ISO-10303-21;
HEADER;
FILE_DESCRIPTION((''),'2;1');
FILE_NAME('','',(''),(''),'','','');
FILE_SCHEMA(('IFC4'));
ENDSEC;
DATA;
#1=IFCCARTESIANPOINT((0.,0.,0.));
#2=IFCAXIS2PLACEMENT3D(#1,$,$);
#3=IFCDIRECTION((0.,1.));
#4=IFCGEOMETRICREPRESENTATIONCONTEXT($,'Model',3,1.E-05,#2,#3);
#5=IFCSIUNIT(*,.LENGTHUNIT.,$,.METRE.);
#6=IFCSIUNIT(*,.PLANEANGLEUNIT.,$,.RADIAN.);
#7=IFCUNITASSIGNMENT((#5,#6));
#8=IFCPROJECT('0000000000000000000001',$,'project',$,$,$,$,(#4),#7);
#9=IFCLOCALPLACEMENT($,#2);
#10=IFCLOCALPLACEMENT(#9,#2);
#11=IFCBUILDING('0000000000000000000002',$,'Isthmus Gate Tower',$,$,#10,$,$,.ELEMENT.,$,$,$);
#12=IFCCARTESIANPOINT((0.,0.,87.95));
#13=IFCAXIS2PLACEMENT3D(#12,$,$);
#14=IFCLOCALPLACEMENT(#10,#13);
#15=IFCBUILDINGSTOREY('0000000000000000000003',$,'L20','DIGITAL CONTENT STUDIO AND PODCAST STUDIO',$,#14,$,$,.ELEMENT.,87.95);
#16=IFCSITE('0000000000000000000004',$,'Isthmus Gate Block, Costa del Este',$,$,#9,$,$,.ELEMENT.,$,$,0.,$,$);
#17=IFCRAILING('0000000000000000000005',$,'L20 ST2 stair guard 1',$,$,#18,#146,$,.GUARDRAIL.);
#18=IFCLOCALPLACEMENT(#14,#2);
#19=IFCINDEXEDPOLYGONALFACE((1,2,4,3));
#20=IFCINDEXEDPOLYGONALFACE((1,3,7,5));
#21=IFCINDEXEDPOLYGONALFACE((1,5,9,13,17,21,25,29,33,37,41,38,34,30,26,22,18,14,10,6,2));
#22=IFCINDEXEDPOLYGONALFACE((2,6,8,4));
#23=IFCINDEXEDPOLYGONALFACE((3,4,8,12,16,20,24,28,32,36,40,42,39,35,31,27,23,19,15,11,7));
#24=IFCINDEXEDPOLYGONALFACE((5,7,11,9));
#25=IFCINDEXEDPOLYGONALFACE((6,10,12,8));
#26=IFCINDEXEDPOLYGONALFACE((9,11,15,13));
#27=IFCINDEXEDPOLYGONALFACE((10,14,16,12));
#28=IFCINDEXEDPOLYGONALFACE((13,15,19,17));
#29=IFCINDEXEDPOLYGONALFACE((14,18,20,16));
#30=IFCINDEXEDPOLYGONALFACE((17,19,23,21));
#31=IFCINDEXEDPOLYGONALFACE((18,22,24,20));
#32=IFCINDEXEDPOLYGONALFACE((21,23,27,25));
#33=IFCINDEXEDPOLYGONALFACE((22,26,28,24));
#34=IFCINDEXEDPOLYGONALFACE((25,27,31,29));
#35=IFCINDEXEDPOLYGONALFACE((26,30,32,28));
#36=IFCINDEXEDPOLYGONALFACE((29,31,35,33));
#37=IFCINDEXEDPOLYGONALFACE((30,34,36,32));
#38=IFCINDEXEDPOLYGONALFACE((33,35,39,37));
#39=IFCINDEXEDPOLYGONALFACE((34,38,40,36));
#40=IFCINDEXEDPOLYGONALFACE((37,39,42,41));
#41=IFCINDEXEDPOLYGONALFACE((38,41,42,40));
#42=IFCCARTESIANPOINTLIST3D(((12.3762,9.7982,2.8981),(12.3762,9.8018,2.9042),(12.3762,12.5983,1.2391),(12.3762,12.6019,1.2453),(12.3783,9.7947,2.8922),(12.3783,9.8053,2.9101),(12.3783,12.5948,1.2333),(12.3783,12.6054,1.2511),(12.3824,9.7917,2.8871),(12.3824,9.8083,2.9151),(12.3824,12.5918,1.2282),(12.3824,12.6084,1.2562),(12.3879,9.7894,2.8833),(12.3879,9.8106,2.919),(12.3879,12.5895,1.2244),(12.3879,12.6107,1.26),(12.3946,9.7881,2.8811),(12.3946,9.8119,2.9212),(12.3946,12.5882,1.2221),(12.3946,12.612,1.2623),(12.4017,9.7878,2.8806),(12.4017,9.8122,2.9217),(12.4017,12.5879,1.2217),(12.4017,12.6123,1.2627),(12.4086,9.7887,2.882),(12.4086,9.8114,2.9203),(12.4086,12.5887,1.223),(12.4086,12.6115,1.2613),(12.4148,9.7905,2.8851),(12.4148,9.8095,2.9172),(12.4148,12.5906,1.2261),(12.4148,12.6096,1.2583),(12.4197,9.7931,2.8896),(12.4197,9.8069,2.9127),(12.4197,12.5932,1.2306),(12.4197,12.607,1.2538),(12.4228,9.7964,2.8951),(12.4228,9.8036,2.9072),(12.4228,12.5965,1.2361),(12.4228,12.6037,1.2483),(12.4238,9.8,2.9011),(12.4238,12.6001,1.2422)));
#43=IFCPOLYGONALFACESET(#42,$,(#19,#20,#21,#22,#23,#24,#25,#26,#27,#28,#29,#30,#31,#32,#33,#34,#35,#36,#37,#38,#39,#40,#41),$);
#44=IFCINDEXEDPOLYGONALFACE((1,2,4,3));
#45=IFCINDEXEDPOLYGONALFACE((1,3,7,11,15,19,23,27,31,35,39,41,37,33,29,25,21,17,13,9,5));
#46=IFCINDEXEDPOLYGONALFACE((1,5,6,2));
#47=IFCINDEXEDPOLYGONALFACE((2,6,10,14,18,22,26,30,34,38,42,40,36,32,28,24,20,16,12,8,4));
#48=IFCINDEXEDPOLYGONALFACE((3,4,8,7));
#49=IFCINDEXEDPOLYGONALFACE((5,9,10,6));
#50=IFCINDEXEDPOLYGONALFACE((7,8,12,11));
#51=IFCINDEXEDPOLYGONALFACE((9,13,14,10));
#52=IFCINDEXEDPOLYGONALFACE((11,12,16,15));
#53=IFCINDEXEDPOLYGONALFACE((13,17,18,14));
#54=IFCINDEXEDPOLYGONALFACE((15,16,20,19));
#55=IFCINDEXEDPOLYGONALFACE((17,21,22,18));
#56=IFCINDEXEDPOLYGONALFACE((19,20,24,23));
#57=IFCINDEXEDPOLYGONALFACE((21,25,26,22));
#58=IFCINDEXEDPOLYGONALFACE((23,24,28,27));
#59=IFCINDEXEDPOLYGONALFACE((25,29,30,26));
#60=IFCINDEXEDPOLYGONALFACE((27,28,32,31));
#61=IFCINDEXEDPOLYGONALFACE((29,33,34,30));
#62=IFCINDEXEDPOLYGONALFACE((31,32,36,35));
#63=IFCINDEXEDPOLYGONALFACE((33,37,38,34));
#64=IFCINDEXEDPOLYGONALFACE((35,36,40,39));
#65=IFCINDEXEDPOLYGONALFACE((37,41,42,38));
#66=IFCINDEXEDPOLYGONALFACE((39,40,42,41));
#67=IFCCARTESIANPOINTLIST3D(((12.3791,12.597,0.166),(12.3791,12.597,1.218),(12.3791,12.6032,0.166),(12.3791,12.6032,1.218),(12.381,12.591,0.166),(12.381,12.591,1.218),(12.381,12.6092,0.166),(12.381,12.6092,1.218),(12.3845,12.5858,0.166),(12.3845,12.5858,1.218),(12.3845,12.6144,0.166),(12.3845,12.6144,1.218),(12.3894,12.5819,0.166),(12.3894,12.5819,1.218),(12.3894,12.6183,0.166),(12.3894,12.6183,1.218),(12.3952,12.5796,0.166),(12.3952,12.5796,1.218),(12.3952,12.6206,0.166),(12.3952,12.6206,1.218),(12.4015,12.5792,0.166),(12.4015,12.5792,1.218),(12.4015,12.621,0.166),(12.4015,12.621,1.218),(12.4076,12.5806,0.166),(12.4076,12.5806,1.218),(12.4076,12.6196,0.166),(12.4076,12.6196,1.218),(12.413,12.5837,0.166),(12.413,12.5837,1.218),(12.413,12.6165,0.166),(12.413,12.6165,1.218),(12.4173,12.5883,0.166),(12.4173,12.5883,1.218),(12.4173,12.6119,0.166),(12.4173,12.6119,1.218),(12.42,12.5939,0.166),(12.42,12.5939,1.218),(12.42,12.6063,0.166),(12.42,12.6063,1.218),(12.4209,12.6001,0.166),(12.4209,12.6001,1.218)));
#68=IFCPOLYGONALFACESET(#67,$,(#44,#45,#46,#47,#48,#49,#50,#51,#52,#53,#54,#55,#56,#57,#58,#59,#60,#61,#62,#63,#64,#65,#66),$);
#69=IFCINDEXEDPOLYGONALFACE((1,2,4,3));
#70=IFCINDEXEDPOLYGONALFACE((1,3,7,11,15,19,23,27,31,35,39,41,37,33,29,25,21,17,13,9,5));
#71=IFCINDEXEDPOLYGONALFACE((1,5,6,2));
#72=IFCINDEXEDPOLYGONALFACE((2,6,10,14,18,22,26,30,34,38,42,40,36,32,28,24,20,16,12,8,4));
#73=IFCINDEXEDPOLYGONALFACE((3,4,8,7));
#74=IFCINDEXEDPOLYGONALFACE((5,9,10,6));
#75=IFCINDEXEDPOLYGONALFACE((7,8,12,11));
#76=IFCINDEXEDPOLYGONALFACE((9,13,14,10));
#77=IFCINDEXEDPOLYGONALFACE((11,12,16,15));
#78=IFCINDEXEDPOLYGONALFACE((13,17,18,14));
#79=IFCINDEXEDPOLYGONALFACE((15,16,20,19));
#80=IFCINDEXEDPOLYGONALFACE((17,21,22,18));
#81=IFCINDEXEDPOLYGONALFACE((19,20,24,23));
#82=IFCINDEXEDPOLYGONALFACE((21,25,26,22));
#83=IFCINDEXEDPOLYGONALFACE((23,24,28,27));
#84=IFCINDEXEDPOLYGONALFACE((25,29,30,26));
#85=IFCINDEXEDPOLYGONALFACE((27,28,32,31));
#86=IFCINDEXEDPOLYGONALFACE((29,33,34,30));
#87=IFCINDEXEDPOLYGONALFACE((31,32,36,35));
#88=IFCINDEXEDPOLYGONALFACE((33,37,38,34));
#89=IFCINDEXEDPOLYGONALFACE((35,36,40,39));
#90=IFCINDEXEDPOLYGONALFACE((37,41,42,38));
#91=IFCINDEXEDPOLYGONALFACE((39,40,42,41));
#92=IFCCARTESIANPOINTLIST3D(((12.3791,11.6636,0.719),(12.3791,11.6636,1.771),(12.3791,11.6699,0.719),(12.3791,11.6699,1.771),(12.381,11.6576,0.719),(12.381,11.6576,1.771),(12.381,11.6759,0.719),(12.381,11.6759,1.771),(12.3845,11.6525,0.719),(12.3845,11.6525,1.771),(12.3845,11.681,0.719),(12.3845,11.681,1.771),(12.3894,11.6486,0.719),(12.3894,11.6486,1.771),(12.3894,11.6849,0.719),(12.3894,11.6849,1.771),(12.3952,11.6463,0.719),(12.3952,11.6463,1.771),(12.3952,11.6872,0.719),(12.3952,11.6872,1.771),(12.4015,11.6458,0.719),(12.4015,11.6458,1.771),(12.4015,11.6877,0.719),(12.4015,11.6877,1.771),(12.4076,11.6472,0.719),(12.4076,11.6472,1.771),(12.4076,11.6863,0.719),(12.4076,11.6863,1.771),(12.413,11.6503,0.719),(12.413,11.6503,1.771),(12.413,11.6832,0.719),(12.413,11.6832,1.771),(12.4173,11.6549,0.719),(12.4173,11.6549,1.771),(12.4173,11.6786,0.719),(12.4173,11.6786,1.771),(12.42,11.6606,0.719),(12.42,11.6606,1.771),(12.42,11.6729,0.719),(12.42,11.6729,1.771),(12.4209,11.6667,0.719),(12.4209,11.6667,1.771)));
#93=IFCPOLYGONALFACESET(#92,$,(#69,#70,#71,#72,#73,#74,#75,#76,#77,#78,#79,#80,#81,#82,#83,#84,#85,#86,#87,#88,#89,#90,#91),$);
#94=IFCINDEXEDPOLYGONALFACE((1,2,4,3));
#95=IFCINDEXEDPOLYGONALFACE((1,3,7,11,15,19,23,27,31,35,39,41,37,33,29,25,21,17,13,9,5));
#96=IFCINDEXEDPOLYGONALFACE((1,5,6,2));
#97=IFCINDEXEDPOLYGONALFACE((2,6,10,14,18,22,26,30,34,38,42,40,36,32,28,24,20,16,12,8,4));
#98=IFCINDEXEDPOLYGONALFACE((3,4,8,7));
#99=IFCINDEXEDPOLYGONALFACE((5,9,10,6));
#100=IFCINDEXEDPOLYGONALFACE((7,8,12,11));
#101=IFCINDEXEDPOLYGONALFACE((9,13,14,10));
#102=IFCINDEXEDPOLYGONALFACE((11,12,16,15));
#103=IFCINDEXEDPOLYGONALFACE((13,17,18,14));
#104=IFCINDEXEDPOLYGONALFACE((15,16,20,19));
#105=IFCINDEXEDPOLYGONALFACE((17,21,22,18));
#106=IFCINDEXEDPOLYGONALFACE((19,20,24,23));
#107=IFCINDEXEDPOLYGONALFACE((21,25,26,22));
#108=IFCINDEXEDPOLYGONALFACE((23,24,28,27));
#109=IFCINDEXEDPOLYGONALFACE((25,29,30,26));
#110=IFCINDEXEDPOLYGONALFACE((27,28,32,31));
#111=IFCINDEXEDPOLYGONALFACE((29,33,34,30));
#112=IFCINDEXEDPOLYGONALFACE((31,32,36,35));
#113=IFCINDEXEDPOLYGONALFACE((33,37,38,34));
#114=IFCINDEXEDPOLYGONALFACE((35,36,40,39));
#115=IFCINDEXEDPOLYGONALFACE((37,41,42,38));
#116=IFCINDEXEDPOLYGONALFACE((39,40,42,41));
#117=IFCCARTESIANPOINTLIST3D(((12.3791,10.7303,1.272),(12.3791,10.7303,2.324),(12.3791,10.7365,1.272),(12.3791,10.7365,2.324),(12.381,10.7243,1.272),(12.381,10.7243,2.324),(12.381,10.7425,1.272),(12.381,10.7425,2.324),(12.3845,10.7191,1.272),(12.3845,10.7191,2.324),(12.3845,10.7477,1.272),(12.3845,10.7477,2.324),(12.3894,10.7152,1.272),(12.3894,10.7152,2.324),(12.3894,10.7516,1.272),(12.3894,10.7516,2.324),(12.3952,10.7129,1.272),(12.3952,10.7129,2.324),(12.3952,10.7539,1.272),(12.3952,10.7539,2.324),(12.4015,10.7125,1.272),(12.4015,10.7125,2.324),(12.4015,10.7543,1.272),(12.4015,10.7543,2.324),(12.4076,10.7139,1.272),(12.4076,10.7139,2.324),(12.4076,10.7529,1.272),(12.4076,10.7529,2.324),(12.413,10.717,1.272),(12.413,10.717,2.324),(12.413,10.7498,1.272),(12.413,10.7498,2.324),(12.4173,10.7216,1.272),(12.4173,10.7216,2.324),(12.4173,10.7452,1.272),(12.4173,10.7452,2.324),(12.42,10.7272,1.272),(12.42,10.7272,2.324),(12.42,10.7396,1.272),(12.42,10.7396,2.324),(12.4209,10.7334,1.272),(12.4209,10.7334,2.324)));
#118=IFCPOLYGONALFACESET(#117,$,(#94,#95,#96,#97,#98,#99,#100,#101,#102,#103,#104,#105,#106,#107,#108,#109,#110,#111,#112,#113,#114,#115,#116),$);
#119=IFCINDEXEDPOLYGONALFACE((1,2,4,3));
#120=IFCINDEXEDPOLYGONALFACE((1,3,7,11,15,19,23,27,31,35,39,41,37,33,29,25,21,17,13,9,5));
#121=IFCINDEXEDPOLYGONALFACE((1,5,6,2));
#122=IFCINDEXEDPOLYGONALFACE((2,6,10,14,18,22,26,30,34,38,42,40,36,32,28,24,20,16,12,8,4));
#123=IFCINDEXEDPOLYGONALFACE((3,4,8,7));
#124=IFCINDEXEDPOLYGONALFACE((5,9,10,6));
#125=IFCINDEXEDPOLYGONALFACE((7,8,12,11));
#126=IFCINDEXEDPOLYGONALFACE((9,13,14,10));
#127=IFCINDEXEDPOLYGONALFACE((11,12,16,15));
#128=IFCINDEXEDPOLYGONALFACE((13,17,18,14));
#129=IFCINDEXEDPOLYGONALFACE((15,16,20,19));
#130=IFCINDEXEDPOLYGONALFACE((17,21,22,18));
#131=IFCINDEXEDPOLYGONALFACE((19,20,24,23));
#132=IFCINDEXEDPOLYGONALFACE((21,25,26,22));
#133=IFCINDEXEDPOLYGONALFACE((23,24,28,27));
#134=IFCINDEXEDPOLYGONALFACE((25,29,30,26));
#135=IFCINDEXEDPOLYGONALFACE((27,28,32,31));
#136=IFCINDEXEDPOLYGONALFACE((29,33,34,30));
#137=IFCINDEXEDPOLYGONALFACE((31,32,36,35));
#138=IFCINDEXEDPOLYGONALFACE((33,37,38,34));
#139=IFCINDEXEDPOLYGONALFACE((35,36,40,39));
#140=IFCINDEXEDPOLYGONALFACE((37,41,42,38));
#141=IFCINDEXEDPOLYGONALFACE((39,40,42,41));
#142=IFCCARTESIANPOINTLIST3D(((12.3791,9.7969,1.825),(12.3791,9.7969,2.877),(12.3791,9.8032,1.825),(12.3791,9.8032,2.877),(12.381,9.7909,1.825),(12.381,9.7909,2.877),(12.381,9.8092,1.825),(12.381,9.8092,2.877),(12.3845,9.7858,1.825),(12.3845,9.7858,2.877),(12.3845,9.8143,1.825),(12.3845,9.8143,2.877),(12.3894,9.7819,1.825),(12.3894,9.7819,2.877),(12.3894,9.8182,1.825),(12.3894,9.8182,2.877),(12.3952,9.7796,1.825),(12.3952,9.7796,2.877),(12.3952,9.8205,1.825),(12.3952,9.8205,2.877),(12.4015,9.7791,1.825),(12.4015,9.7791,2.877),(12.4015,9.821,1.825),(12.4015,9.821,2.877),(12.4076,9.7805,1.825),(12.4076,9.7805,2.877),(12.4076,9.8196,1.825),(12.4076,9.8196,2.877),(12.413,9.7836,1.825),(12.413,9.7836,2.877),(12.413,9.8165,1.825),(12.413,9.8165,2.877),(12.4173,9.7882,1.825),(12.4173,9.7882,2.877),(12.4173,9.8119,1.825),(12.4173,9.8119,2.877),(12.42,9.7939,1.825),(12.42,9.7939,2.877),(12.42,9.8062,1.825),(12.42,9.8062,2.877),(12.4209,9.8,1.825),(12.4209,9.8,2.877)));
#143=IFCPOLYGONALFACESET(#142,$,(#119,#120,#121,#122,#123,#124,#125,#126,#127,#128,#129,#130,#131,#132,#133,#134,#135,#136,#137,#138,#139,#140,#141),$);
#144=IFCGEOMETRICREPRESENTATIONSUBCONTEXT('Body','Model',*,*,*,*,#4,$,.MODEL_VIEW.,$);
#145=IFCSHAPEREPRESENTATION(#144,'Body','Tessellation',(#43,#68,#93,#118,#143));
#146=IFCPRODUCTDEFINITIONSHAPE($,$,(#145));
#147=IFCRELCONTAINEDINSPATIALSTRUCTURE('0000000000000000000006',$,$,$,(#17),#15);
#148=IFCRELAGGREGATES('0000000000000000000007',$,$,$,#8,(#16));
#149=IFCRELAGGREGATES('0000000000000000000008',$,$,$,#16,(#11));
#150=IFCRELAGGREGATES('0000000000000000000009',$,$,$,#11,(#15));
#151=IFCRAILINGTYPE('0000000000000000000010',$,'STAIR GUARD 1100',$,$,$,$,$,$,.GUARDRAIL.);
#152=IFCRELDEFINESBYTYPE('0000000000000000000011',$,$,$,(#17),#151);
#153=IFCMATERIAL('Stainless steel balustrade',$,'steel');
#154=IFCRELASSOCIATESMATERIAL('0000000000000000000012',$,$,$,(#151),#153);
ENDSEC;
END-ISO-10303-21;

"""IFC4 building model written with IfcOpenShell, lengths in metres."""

from ifc_helpers import new_model, si_unit, direction, frame, origin, origin_2d, place, context, subcontext, project, spatial, circle, extrude, material, type_object, element, save


model = new_model("IFC4")

# Units and contexts
model_context = context("Model", 3, precision=1e-05, world=origin(), true_north=direction((0.0, 1.0)))
body_context = subcontext(model_context, "Body", "Model", "MODEL_VIEW")
ifc_project = project(units=[si_unit("LENGTHUNIT", "METRE"), si_unit("PLANEANGLEUNIT", "RADIAN")], contexts=[model_context])

# Site, building, storey
site_placement = place(None, origin())
site = spatial("IfcSite", under=ifc_project, at=site_placement, Name="Isthmus Gate Block, Costa del Este", CompositionType="ELEMENT", RefElevation=0.0)
building_placement = place(site_placement, origin())
building = spatial("IfcBuilding", under=site, at=building_placement, Name="Isthmus Gate Tower", CompositionType="ELEMENT")
storey_placement = place(building_placement, frame((0.0, 0.0, 87.95)))
storey = spatial("IfcBuildingStorey", under=building, at=storey_placement, Name="L20", Description="DIGITAL CONTENT STUDIO AND PODCAST STUDIO", CompositionType="ELEMENT", Elevation=87.95)

# Railing
ifc_material_1 = material(Name="Stainless steel balustrade", Category="steel")
railing_type_1 = type_object("IfcRailingType", Name="STAIR GUARD 1100", PredefinedType="GUARDRAIL", material=ifc_material_1)
railing_1_placement = place(storey_placement, frame((12.3999, 12.6001, 0.166)))
element("IfcRailing", 1, at=railing_1_placement, inside=storey, type_object=railing_type_1, Name="L20 ST2 stair guard 1", PredefinedType="GUARDRAIL", context=body_context, shape_type="SweptSolid", body=[
    extrude(circle(Radius=0.0239, at=origin_2d()), frame((0.0, 0.0, 1.0762), z_axis=(0.0, -0.860339, 0.509722), x_axis=(1.0, 0.0, 0.0)), (0.0, 0.0, 1.0), 3.2546),
    extrude(circle(Radius=0.021, at=origin_2d()), origin(), (0.0, 0.0, 1.0), 1.052),
    extrude(circle(Radius=0.021, at=origin_2d()), frame((0.0, -0.9333, 0.553)), (0.0, 0.0, 1.0), 1.052),
    extrude(circle(Radius=0.021, at=origin_2d()), frame((0.0, -1.8667, 1.106)), (0.0, 0.0, 1.0), 1.052),
    extrude(circle(Radius=0.021, at=origin_2d()), frame((0.0, -2.8, 1.6589)), (0.0, 0.0, 1.0), 1.052),
])

save(model, "model.ifc")
